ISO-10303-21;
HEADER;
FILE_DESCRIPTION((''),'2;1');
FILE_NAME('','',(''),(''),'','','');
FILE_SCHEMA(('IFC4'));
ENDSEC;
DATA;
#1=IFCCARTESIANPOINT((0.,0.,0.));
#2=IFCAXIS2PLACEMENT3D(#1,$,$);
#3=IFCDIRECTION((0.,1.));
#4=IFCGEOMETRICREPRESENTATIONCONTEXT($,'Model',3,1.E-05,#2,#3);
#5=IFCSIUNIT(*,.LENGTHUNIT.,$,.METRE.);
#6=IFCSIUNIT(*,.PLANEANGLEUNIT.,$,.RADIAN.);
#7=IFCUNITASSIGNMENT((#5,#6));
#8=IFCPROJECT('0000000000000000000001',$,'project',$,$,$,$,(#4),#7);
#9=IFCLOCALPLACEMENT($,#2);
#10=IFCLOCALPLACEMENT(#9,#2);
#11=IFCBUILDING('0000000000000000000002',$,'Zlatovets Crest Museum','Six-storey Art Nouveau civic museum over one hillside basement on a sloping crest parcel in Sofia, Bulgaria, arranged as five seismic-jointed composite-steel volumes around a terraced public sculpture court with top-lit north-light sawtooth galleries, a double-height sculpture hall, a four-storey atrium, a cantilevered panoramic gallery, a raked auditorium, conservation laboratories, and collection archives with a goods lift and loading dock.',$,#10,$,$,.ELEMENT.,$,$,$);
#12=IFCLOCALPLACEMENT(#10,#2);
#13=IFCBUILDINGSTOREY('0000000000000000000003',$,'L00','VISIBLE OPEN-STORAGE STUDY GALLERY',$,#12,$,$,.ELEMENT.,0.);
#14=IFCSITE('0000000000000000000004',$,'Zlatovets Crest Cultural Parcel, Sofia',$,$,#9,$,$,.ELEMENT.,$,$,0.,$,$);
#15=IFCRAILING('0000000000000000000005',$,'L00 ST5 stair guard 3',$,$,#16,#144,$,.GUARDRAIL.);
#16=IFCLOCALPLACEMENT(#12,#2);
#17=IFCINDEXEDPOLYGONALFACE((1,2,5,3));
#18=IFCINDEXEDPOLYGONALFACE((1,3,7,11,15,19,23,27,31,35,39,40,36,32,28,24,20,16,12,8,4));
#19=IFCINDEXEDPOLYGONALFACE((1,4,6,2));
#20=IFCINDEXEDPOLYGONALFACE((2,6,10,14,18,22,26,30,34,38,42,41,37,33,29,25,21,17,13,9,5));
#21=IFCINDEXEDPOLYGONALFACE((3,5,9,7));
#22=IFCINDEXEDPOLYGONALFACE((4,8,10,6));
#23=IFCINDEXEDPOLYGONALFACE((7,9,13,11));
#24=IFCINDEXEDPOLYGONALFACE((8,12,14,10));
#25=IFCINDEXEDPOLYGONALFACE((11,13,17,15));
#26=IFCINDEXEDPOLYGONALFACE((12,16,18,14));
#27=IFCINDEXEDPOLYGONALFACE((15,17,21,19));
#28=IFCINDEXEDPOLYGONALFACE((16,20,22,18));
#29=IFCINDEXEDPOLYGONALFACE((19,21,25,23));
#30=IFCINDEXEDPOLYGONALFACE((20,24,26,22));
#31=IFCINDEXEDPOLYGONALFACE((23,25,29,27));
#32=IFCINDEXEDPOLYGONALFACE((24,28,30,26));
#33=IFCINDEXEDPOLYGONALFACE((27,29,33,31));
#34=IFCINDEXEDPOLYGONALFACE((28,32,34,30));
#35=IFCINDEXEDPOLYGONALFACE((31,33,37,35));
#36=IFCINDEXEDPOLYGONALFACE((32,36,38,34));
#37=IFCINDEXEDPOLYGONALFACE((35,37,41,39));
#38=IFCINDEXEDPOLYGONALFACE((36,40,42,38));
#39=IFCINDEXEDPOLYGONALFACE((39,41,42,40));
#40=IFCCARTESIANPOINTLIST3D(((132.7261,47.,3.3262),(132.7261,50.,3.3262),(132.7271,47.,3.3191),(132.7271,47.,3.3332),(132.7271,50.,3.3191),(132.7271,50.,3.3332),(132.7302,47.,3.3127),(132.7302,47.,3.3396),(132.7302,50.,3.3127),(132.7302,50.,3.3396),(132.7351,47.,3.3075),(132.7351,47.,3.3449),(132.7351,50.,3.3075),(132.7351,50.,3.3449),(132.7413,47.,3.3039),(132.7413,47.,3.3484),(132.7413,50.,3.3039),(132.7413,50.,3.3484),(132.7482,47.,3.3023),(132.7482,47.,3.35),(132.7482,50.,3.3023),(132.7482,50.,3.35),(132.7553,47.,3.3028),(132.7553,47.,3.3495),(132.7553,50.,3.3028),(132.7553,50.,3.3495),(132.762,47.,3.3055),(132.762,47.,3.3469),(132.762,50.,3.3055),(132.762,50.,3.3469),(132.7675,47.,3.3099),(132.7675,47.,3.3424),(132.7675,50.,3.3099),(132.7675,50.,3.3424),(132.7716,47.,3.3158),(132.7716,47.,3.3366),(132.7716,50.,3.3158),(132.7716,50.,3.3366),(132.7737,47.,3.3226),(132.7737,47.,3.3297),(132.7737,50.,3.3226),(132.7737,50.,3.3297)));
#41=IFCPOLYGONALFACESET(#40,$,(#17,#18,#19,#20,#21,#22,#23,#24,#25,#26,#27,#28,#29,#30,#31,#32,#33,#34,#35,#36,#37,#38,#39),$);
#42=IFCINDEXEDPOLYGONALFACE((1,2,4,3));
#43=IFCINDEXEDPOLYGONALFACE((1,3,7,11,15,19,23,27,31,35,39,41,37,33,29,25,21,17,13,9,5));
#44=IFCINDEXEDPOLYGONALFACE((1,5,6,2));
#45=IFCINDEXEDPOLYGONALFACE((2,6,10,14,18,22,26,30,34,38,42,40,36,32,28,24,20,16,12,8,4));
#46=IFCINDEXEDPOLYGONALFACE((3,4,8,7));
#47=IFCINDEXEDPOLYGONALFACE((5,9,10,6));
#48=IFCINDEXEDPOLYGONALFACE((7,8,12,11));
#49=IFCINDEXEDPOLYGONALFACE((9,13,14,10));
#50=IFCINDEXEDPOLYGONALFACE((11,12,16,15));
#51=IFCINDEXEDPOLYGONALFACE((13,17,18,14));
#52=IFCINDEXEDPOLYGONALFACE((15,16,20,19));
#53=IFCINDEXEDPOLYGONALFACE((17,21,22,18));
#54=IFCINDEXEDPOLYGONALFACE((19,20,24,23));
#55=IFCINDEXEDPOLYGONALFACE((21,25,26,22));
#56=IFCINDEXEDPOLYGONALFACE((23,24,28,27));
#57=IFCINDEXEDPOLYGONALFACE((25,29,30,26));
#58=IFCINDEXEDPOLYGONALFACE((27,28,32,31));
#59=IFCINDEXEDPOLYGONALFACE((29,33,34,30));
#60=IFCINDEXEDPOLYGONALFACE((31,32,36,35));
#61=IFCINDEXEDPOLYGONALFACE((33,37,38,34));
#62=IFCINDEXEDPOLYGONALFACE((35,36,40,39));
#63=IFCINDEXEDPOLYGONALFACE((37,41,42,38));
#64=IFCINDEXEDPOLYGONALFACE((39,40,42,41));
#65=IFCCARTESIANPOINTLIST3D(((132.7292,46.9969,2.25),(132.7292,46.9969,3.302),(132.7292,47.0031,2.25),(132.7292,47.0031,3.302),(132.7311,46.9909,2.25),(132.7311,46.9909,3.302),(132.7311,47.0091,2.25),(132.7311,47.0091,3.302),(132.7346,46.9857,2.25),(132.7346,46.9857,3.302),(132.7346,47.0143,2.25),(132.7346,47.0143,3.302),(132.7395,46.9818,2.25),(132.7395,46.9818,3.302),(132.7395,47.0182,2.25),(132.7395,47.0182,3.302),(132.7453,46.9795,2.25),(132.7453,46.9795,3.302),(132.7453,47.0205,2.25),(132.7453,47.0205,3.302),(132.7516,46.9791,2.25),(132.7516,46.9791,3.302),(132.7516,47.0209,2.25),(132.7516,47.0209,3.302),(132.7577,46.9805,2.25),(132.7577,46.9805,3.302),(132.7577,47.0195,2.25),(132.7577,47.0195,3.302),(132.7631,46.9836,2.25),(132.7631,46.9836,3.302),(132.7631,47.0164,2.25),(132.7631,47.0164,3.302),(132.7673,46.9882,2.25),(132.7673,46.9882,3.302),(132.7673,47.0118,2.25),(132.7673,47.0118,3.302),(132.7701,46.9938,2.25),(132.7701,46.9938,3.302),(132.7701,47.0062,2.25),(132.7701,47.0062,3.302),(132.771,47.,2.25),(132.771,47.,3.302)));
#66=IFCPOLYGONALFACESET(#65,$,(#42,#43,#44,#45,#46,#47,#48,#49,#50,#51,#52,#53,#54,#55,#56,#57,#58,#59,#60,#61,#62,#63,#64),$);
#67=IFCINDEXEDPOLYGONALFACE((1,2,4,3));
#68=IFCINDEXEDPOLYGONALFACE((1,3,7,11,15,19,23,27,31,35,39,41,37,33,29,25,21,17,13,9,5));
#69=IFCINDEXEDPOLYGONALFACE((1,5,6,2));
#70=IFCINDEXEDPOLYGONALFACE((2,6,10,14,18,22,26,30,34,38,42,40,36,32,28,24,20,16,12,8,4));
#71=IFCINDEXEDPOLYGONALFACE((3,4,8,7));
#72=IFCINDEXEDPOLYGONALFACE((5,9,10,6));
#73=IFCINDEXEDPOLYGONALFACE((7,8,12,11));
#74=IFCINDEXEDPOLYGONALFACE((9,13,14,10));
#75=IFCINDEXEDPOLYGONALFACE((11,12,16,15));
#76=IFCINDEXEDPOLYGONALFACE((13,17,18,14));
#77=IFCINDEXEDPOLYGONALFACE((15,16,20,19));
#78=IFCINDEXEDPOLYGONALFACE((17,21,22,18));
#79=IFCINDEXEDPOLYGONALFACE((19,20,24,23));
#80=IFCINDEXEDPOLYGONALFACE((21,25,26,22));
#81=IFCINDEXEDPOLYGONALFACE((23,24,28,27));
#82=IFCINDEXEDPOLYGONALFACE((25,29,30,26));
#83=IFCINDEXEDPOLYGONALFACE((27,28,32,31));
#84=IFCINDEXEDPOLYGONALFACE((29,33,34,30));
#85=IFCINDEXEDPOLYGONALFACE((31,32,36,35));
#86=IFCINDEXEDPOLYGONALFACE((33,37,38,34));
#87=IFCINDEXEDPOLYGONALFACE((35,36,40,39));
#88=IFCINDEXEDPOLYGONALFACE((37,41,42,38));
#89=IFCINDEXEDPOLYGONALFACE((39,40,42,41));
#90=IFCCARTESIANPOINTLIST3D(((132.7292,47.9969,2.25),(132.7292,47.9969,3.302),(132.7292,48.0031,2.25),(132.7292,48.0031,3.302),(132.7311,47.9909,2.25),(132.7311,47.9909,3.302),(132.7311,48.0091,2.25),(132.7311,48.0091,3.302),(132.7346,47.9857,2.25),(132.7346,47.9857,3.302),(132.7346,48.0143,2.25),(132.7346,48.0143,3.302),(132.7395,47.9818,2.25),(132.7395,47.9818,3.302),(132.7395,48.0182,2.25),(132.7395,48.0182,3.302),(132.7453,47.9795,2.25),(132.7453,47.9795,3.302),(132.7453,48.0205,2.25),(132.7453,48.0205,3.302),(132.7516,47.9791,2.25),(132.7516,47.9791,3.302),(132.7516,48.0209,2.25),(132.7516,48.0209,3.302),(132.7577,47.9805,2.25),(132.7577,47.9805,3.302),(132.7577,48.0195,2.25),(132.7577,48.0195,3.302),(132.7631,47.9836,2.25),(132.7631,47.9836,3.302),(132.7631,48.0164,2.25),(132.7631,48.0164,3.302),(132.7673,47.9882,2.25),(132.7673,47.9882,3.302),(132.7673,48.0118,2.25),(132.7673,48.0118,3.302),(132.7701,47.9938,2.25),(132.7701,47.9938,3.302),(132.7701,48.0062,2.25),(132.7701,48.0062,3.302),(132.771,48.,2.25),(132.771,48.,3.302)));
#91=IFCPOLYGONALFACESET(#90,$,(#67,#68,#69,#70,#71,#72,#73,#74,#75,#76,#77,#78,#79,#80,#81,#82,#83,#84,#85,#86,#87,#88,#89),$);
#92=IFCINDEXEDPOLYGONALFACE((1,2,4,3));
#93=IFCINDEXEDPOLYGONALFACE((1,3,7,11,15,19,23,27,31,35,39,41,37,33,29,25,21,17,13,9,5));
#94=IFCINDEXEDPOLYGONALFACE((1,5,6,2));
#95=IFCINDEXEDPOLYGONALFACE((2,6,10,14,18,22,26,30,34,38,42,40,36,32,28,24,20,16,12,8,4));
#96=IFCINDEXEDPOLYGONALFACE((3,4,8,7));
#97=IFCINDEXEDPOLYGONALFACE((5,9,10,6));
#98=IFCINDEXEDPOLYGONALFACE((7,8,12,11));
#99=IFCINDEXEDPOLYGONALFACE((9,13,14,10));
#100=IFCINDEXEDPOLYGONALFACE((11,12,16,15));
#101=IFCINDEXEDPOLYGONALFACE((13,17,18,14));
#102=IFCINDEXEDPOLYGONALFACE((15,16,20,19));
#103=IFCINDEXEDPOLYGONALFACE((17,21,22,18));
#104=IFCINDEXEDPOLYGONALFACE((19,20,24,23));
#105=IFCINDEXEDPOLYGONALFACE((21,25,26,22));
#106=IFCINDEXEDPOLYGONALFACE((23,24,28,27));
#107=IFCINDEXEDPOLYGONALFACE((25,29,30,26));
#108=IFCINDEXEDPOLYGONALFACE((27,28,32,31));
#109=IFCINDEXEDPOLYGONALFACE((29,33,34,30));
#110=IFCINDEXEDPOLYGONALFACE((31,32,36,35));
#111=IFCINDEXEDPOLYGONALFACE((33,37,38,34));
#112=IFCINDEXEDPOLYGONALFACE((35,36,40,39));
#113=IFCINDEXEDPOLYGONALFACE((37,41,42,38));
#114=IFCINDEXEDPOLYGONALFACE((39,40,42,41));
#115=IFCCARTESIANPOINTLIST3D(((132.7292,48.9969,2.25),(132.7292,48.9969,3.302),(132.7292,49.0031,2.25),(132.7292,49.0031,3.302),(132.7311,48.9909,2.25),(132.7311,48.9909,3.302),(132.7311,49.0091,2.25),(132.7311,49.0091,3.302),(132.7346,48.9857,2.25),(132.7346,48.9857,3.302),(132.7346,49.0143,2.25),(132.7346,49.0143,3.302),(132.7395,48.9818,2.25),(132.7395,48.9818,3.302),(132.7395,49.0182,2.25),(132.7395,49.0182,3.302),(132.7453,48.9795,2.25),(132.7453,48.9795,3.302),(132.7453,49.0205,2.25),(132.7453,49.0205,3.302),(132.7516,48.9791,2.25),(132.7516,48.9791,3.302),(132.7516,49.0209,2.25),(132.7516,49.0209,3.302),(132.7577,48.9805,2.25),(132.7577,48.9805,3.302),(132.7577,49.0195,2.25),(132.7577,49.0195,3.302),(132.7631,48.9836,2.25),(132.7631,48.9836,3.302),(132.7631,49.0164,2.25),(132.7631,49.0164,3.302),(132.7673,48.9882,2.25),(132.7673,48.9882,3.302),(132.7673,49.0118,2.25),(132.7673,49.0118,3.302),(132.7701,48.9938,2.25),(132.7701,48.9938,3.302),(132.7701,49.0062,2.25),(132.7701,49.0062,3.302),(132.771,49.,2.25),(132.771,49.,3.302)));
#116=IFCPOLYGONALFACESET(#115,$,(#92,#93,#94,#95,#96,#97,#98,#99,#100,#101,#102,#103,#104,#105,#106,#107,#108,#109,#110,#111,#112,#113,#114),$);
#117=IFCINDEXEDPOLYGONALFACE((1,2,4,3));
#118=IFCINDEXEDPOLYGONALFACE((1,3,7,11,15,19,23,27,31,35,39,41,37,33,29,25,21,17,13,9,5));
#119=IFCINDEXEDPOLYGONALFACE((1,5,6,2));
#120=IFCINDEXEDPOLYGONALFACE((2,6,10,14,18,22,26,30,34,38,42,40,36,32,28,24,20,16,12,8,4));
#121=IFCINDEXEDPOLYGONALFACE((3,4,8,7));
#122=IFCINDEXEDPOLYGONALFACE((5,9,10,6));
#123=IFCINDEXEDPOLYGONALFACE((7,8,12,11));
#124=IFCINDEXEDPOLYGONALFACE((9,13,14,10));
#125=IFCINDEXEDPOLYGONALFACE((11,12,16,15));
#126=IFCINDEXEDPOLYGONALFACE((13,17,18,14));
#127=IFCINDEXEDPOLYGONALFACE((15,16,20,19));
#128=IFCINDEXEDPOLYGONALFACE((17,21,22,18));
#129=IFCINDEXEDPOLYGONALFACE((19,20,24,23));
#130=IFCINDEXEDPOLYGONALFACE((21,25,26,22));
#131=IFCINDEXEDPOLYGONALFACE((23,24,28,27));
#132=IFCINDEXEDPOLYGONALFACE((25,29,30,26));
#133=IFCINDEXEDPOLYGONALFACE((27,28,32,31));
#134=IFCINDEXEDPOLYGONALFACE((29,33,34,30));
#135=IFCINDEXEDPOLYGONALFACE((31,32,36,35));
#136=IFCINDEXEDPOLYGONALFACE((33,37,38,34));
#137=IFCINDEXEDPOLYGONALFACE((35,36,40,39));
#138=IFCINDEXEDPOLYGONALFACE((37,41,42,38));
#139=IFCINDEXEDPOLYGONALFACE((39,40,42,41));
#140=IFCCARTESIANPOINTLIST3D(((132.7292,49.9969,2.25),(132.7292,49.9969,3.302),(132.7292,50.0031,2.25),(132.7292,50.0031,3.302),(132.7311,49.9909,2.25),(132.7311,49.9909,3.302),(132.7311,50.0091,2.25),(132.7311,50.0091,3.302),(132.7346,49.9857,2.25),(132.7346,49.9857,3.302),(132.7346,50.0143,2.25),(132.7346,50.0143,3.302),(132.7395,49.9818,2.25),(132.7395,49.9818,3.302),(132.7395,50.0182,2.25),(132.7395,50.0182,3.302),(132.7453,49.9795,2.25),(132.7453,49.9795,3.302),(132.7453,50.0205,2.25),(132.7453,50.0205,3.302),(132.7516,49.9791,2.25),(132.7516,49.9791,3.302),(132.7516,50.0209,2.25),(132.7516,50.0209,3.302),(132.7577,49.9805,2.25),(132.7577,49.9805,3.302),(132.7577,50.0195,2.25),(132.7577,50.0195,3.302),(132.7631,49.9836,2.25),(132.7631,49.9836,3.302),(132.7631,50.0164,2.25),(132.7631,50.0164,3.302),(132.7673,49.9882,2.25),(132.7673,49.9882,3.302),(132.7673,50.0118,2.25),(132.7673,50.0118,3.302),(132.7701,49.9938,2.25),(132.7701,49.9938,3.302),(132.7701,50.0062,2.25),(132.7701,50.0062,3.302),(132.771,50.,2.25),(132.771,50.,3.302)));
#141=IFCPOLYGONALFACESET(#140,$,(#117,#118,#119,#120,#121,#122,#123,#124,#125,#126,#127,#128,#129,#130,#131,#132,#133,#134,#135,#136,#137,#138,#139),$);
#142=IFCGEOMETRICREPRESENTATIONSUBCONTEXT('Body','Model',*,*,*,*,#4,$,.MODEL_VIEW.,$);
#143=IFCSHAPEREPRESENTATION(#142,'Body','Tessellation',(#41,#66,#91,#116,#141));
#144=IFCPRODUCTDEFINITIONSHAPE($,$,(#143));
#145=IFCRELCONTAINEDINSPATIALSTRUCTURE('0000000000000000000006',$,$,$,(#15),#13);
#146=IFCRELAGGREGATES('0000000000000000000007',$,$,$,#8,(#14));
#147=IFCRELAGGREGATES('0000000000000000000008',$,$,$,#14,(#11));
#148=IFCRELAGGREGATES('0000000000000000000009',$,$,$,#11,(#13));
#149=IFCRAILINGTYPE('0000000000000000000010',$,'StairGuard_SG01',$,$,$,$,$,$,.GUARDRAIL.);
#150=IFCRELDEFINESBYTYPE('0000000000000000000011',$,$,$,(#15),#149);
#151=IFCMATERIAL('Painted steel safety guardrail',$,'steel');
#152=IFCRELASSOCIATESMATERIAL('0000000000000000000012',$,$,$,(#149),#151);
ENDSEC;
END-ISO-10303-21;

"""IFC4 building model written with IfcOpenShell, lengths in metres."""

from ifc_helpers import new_model, si_unit, direction, frame, origin, origin_2d, place, context, subcontext, project, spatial, circle, extrude, material, type_object, element, save


model = new_model("IFC4")

# Units and contexts
model_context = context("Model", 3, precision=1e-05, world=origin(), true_north=direction((0.0, 1.0)))
body_context = subcontext(model_context, "Body", "Model", "MODEL_VIEW")
ifc_project = project(units=[si_unit("LENGTHUNIT", "METRE"), si_unit("PLANEANGLEUNIT", "RADIAN")], contexts=[model_context])

# Site, building, storey
site_placement = place(None, origin())
site = spatial("IfcSite", under=ifc_project, at=site_placement, Name="Zlatovets Crest Cultural Parcel, Sofia", CompositionType="ELEMENT", RefElevation=0.0)
building_placement = place(site_placement, origin())
building = spatial("IfcBuilding", under=site, at=building_placement, Name="Zlatovets Crest Museum", Description="Six-storey Art Nouveau civic museum over one hillside basement on a sloping crest parcel in Sofia, Bulgaria, arranged as five seismic-jointed composite-steel volumes around a terraced public sculpture court with top-lit north-light sawtooth galleries, a double-height sculpture hall, a four-storey atrium, a cantilevered panoramic gallery, a raked auditorium, conservation laboratories, and collection archives with a goods lift and loading dock.", CompositionType="ELEMENT")
storey_placement = place(building_placement, origin())
storey = spatial("IfcBuildingStorey", under=building, at=storey_placement, Name="L00", Description="VISIBLE OPEN-STORAGE STUDY GALLERY", CompositionType="ELEMENT", Elevation=0.0)

# Railing
ifc_material_1 = material(Name="Painted steel safety guardrail", Category="steel")
railing_type_1 = type_object("IfcRailingType", Name="StairGuard_SG01", PredefinedType="GUARDRAIL", material=ifc_material_1)
for number, where, name in (
    (1, (132.75, 47.0, 2.25), "L00 ST5 stair guard 3"),
):
    element("IfcRailing", number, at=place(storey_placement, frame(where)), inside=storey, type_object=railing_type_1, Name=name, PredefinedType="GUARDRAIL", context=body_context, shape_type="SweptSolid", body=[
        extrude(circle(Radius=0.0239, at=origin_2d()), frame((0.0, 0.0, 1.0762), z_axis=(0.0, 1.0, 0.0), x_axis=(-1.0, 0.0, 0.0)), (0.0, 0.0, 1.0), 3.0),
        extrude(circle(Radius=0.021, at=origin_2d()), origin(), (0.0, 0.0, 1.0), 1.052),
        extrude(circle(Radius=0.021, at=origin_2d()), frame((0.0, 1.0, 0.0)), (0.0, 0.0, 1.0), 1.052),
        extrude(circle(Radius=0.021, at=origin_2d()), frame((0.0, 2.0, 0.0)), (0.0, 0.0, 1.0), 1.052),
        extrude(circle(Radius=0.021, at=origin_2d()), frame((0.0, 3.0, 0.0)), (0.0, 0.0, 1.0), 1.052),
    ])

save(model, "model.ifc")
